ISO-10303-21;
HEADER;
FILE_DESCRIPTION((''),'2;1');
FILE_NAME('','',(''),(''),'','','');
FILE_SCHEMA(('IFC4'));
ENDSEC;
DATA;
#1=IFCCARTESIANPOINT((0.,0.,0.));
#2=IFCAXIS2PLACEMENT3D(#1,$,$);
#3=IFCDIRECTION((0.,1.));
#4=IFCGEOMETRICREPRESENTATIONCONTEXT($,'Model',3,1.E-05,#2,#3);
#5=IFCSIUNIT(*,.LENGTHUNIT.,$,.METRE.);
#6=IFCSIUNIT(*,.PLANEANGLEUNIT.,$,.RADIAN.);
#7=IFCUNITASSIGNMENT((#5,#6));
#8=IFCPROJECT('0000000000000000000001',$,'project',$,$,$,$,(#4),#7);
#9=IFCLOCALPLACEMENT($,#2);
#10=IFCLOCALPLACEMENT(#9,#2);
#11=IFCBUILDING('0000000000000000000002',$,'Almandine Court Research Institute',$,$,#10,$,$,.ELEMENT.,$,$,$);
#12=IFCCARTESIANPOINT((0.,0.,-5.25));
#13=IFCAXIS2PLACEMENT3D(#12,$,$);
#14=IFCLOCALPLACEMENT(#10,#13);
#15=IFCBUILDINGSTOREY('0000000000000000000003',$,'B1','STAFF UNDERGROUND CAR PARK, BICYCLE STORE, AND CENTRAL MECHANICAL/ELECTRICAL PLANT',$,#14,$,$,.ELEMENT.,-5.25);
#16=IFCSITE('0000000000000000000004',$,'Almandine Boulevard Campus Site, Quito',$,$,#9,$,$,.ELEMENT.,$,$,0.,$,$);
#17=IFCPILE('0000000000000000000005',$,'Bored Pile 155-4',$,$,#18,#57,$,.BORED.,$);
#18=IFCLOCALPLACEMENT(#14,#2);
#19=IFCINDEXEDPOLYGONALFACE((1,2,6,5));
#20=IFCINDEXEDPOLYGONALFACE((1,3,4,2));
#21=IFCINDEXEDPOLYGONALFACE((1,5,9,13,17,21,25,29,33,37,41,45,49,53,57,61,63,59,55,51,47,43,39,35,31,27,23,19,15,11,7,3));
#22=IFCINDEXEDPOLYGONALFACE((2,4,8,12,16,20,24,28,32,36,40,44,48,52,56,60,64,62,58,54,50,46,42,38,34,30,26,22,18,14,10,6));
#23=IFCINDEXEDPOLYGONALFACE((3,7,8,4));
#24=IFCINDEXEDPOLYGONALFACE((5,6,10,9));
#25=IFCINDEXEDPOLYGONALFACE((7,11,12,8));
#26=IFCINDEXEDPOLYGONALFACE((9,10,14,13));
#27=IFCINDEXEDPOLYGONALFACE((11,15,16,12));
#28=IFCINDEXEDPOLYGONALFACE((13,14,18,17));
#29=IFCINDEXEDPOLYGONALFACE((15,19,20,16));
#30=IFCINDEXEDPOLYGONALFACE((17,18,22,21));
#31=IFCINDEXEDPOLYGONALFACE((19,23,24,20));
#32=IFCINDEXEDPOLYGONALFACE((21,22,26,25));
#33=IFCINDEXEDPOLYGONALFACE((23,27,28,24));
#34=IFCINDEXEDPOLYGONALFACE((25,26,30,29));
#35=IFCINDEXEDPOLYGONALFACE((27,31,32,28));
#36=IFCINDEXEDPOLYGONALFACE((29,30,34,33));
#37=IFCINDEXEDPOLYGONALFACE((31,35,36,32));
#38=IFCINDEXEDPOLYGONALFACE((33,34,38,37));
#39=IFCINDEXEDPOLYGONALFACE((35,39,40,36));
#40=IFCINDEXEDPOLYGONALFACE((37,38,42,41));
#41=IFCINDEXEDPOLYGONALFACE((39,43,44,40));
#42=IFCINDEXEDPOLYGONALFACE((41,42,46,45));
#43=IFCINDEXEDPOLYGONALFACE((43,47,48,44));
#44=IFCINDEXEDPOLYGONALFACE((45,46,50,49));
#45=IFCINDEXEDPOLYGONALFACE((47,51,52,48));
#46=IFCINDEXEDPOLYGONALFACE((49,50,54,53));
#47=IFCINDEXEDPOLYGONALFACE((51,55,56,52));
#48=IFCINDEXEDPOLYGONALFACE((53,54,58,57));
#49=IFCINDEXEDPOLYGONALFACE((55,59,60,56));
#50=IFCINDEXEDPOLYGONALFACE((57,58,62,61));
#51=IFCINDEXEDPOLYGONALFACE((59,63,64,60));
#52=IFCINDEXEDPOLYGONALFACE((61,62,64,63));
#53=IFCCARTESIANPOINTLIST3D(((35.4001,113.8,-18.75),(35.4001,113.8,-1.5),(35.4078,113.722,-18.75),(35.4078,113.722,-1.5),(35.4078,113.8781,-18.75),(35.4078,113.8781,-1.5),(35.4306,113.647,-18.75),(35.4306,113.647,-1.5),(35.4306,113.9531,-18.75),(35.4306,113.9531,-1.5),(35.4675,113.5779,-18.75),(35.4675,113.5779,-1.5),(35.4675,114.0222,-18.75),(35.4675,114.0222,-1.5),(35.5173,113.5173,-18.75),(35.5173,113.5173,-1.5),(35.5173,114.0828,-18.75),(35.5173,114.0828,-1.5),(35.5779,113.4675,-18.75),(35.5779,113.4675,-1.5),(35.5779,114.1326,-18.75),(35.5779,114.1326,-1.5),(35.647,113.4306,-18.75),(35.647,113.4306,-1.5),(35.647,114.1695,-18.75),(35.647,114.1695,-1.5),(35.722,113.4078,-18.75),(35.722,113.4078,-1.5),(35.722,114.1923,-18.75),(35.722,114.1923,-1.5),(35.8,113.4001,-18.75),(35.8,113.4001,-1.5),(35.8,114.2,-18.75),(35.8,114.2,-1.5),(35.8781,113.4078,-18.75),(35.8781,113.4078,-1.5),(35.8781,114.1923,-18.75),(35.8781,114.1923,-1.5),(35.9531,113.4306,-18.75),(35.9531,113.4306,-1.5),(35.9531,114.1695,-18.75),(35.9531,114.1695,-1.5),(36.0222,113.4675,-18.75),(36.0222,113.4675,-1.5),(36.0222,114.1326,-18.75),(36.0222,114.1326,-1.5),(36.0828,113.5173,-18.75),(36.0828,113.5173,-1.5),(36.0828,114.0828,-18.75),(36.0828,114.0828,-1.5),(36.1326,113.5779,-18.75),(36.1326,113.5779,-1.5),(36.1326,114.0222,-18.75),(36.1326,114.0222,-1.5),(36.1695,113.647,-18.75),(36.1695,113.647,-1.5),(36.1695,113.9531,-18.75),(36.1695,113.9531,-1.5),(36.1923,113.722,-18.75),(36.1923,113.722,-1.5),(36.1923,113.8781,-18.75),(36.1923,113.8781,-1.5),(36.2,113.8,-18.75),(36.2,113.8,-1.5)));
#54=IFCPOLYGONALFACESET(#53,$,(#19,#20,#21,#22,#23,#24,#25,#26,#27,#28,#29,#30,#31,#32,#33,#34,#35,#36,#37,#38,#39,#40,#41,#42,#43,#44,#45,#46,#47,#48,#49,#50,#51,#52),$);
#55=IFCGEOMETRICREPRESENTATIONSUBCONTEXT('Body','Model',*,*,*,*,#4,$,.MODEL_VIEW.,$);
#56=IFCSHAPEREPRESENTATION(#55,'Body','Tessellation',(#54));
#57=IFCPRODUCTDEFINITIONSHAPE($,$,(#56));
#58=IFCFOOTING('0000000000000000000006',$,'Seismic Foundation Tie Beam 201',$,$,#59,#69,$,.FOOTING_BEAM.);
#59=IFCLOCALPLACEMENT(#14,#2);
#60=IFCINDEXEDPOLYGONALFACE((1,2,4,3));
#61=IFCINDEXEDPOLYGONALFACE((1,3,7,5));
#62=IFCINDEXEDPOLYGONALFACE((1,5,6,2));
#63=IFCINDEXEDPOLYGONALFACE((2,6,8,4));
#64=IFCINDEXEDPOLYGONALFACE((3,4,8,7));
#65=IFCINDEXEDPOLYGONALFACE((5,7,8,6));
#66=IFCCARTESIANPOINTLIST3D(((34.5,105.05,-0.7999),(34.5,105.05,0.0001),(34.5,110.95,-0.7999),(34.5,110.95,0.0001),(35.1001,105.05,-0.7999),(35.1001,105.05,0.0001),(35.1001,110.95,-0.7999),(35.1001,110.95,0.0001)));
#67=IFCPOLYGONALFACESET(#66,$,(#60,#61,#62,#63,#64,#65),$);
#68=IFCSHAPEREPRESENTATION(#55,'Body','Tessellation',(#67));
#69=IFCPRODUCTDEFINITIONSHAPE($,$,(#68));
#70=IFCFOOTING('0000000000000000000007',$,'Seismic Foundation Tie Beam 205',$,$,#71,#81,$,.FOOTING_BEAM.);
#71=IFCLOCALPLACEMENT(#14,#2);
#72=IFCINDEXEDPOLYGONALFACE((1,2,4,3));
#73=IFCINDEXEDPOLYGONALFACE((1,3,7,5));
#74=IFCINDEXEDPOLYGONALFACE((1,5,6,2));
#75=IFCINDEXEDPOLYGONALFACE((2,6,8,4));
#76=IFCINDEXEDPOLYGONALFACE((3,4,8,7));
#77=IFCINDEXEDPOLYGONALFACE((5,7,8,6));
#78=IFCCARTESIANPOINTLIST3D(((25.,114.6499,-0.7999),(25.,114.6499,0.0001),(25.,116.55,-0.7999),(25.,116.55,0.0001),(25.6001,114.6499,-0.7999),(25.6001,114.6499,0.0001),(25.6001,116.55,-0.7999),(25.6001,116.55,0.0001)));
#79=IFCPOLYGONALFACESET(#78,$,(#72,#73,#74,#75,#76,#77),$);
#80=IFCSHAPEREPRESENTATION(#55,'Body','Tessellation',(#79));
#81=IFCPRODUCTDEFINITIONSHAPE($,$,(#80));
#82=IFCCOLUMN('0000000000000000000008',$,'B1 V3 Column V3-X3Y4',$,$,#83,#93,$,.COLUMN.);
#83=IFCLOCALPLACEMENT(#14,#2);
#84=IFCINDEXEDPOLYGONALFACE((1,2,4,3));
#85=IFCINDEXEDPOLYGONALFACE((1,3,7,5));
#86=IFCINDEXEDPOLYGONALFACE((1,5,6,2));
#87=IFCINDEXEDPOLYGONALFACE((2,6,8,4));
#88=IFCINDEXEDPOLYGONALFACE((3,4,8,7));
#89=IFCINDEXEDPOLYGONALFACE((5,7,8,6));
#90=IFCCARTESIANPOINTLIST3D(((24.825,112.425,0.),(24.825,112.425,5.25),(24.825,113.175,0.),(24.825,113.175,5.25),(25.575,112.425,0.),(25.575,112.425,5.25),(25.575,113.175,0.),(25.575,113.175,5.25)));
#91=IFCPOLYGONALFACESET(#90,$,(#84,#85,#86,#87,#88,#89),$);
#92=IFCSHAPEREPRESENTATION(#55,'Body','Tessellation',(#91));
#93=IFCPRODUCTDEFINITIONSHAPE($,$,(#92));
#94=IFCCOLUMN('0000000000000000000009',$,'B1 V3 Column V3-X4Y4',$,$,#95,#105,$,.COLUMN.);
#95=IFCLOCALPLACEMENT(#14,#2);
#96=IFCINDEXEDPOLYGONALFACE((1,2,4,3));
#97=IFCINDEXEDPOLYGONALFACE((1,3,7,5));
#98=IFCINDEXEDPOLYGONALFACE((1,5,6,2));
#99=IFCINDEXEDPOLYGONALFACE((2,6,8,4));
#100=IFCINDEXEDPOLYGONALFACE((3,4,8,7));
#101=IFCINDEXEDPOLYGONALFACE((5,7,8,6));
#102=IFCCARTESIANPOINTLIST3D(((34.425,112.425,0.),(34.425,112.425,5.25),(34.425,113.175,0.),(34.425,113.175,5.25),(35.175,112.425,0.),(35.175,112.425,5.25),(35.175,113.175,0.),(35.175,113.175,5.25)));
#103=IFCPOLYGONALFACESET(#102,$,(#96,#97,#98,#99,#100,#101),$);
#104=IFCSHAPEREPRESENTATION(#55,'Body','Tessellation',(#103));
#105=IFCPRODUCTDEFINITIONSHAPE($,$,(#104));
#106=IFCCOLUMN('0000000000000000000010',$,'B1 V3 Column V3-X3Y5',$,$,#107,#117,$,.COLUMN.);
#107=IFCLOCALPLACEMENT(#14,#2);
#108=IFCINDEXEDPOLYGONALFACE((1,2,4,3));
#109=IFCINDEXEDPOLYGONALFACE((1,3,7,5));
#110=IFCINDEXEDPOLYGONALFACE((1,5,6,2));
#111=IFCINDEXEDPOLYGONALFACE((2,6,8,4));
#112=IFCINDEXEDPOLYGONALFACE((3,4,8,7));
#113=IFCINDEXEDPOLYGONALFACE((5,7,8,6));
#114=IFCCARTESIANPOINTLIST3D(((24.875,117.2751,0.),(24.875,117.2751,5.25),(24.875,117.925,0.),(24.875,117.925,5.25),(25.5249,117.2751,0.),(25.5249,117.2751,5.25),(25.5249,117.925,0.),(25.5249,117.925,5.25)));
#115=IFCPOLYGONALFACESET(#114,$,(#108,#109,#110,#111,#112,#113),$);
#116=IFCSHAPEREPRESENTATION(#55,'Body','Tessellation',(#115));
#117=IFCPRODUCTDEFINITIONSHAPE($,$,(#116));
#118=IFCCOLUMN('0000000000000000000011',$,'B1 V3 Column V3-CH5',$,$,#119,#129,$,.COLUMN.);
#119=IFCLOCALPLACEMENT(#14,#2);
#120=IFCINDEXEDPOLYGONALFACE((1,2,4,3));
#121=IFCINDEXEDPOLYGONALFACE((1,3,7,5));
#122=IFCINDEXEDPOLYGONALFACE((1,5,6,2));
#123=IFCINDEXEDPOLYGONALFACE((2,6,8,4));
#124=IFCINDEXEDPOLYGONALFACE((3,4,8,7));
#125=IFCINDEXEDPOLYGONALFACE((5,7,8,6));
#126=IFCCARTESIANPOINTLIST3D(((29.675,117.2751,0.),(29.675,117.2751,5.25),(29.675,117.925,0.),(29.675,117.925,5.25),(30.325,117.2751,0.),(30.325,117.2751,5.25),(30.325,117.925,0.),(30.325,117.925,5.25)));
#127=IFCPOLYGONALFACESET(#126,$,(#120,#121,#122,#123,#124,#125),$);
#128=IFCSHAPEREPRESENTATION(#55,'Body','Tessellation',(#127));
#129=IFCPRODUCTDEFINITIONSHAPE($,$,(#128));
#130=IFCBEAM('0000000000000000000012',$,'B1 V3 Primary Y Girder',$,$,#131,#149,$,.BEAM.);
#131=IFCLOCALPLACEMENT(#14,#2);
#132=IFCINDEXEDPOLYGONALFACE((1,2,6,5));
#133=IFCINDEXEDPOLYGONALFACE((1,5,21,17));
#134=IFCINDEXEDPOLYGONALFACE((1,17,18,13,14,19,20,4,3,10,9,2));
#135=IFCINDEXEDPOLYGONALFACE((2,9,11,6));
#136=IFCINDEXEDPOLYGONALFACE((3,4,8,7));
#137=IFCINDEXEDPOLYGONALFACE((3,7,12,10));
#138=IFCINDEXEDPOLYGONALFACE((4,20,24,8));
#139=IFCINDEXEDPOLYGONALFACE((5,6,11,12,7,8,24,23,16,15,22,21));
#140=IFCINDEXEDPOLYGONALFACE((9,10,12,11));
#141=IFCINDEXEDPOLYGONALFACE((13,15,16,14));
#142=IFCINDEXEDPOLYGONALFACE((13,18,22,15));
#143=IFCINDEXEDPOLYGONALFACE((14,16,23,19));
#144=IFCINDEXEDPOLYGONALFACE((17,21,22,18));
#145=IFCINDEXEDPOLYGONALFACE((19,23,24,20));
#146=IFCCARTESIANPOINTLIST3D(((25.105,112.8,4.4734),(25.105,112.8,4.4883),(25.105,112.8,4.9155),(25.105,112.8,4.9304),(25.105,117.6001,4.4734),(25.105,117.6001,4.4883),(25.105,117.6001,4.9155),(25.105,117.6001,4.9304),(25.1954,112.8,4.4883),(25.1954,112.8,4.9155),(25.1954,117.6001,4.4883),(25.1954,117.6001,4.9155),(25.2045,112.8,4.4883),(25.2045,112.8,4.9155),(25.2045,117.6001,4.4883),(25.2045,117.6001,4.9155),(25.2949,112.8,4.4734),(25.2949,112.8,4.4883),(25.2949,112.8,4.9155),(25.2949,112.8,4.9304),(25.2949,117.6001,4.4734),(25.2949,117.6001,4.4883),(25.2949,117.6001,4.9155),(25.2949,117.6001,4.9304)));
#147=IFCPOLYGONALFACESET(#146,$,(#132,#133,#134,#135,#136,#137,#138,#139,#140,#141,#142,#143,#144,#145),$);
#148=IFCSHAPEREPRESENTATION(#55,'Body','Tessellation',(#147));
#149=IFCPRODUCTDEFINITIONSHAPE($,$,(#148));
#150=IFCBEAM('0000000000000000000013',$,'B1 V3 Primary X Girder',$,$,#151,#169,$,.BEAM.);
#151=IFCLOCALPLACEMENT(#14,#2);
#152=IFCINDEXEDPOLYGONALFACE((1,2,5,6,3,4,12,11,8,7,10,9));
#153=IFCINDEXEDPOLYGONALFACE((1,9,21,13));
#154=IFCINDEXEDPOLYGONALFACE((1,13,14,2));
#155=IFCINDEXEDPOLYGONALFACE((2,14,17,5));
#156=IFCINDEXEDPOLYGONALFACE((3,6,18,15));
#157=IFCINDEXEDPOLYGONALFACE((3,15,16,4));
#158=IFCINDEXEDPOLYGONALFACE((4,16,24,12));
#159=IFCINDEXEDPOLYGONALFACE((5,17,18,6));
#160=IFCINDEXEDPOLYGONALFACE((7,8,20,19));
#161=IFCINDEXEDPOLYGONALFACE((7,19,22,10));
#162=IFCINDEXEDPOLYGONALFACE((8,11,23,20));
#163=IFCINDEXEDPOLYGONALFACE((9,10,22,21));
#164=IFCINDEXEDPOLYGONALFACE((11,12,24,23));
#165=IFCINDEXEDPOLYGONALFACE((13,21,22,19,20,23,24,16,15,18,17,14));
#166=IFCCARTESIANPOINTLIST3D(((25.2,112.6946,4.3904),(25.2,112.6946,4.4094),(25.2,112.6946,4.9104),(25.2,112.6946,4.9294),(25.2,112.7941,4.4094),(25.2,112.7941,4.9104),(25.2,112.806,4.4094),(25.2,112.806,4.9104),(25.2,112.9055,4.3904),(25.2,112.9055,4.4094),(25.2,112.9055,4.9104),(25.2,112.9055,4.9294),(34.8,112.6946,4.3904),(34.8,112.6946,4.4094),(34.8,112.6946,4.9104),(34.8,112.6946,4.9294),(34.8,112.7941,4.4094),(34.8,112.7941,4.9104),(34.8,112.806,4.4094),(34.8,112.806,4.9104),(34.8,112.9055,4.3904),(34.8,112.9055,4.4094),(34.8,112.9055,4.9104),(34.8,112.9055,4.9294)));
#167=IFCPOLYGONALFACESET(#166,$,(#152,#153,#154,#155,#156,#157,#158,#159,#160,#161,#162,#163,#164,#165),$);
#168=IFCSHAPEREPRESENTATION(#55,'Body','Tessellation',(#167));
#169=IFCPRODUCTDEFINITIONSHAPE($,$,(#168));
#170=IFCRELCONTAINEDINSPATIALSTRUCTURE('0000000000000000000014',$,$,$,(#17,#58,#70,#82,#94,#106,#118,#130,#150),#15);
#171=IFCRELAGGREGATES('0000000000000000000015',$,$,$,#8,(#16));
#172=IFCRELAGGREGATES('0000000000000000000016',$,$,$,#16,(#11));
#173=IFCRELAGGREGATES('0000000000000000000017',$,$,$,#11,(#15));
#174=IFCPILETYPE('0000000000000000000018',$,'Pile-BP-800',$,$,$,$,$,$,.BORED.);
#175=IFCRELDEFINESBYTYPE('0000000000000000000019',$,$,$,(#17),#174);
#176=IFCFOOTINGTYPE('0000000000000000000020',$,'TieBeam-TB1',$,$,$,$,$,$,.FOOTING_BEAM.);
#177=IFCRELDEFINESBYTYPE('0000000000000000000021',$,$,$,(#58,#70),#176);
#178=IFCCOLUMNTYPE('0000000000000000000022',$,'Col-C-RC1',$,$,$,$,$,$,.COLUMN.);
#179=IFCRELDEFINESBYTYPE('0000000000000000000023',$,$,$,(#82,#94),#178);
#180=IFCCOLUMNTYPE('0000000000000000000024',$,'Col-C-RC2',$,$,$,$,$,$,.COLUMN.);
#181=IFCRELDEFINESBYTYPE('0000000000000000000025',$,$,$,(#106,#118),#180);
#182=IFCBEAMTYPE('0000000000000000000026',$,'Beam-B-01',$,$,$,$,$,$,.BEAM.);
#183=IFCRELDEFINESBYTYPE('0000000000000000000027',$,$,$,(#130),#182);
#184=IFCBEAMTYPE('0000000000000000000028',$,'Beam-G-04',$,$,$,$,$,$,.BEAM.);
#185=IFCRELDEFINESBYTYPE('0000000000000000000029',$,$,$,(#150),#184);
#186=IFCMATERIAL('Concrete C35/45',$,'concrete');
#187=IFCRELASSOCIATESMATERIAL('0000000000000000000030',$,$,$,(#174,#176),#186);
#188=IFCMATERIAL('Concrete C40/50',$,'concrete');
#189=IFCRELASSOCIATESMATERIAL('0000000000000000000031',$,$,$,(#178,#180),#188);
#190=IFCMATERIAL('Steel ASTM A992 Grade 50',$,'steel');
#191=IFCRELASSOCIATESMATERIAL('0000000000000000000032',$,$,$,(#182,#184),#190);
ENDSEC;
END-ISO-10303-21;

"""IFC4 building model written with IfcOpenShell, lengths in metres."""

from ifc_helpers import new_model, si_unit, direction, frame, origin, origin_2d, place, context, subcontext, project, spatial, rectangle, circle, i_section, extrude, material, material_profile, profile_set, type_object, element, save


model = new_model("IFC4")

# Units and contexts
model_context = context("Model", 3, precision=1e-05, world=origin(), true_north=direction((0.0, 1.0)))
body_context = subcontext(model_context, "Body", "Model", "MODEL_VIEW")
ifc_project = project(units=[si_unit("LENGTHUNIT", "METRE"), si_unit("PLANEANGLEUNIT", "RADIAN")], contexts=[model_context])

# Site, building, storey
site_placement = place(None, origin())
site = spatial("IfcSite", under=ifc_project, at=site_placement, Name="Almandine Boulevard Campus Site, Quito", CompositionType="ELEMENT", RefElevation=0.0)
building_placement = place(site_placement, origin())
building = spatial("IfcBuilding", under=site, at=building_placement, Name="Almandine Court Research Institute", CompositionType="ELEMENT")
storey_placement = place(building_placement, frame((0.0, 0.0, -5.25)))
storey = spatial("IfcBuildingStorey", under=building, at=storey_placement, Name="B1", Description="STAFF UNDERGROUND CAR PARK, BICYCLE STORE, AND CENTRAL MECHANICAL/ELECTRICAL PLANT", CompositionType="ELEMENT", Elevation=-5.25)

# Shared definitions
ifc_material_1 = material(Name="Concrete C35/45", Category="concrete")

# Pile
ifc_material_profile_1 = material_profile(ifc_material_1, circle(Radius=0.3999, at=origin_2d()), Name="BORED PILE D800")
ifc_profile_set_1 = profile_set([ifc_material_profile_1], Name="Concrete C35/45")
pile_type_1 = type_object("IfcPileType", Name="Pile-BP-800", PredefinedType="BORED", material=ifc_profile_set_1)
for number, where, z_axis, x_axis, name in (
    (1, (35.8, 113.8, -1.5), (0.0, 0.0, -1.0), (1.0, 0.0, 0.0), "Bored Pile 155-4"),
):
    element("IfcPile", number, at=place(storey_placement, frame(where, z_axis=z_axis, x_axis=x_axis)), inside=storey, type_object=pile_type_1, Name=name, PredefinedType="BORED", context=body_context, shape_type="SweptSolid", body=[
        extrude(circle(Radius=0.3999, at=origin_2d()), origin(), (0.0, 0.0, 1.0), 17.25),
    ])

# Footings
ifc_material_profile_2 = material_profile(ifc_material_1, rectangle(XDim=0.6001, YDim=0.8, at=origin_2d()), Name="RC TIE 600x800")
ifc_profile_set_2 = profile_set([ifc_material_profile_2], Name="Concrete C35/45")
footing_type_1 = type_object("IfcFootingType", Name="TieBeam-TB1", PredefinedType="FOOTING_BEAM", material=ifc_profile_set_2)
footing_1_placement = place(storey_placement, frame((34.8, 105.05, -0.3999), z_axis=(0.0, 1.0, 0.0), x_axis=(-1.0, 0.0, 0.0)))
element("IfcFooting", 2, at=footing_1_placement, inside=storey, type_object=footing_type_1, Name="Seismic Foundation Tie Beam 201", PredefinedType="FOOTING_BEAM", context=body_context, shape_type="SweptSolid", body=[
    extrude(rectangle(XDim=0.6001, YDim=0.8, at=origin_2d()), origin(), (0.0, 0.0, 1.0), 5.8999),
])
footing_2_placement = place(storey_placement, frame((25.3, 114.6499, -0.3999), z_axis=(0.0, 1.0, 0.0), x_axis=(-1.0, 0.0, 0.0)))
element("IfcFooting", 3, at=footing_2_placement, inside=storey, type_object=footing_type_1, Name="Seismic Foundation Tie Beam 205", PredefinedType="FOOTING_BEAM", context=body_context, shape_type="SweptSolid", body=[
    extrude(rectangle(XDim=0.6001, YDim=0.8, at=origin_2d()), origin(), (0.0, 0.0, 1.0), 1.9001),
])

# Columns
ifc_material_2 = material(Name="Concrete C40/50", Category="concrete")
ifc_material_profile_3 = material_profile(ifc_material_2, rectangle(XDim=0.75, YDim=0.75, at=origin_2d()), Name="RC 750x750")
ifc_profile_set_3 = profile_set([ifc_material_profile_3], Name="Concrete C40/50")
column_type_1 = type_object("IfcColumnType", Name="Col-C-RC1", PredefinedType="COLUMN", material=ifc_profile_set_3)
for number, where, z_axis, x_axis, name in (
    (4, (25.2, 112.8, 0.0), (0.0, 0.0, 1.0), (1.0, 0.0, 0.0), "B1 V3 Column V3-X3Y4"),
    (5, (34.8, 112.8, 0.0), (0.0, 0.0, 1.0), (1.0, 0.0, 0.0), "B1 V3 Column V3-X4Y4"),
):
    element("IfcColumn", number, at=place(storey_placement, frame(where, z_axis=z_axis, x_axis=x_axis)), inside=storey, type_object=column_type_1, Name=name, PredefinedType="COLUMN", context=body_context, shape_type="SweptSolid", body=[
        extrude(rectangle(XDim=0.75, YDim=0.75, at=origin_2d()), origin(), (0.0, 0.0, 1.0), 5.25),
    ])
ifc_material_profile_4 = material_profile(ifc_material_2, rectangle(XDim=0.6499, YDim=0.6499, at=origin_2d()), Name="RC 650x650")
ifc_profile_set_4 = profile_set([ifc_material_profile_4], Name="Concrete C40/50")
column_type_2 = type_object("IfcColumnType", Name="Col-C-RC2", PredefinedType="COLUMN", material=ifc_profile_set_4)
for number, where, z_axis, x_axis, name in (
    (6, (25.2, 117.6001, 0.0), (0.0, 0.0, 1.0), (1.0, 0.0, 0.0), "B1 V3 Column V3-X3Y5"),
    (7, (30.0, 117.6001, 0.0), (0.0, 0.0, 1.0), (1.0, 0.0, 0.0), "B1 V3 Column V3-CH5"),
):
    element("IfcColumn", number, at=place(storey_placement, frame(where, z_axis=z_axis, x_axis=x_axis)), inside=storey, type_object=column_type_2, Name=name, PredefinedType="COLUMN", context=body_context, shape_type="SweptSolid", body=[
        extrude(rectangle(XDim=0.6499, YDim=0.6499, at=origin_2d()), origin(), (0.0, 0.0, 1.0), 5.25),
    ])

# Beams
ifc_material_3 = material(Name="Steel ASTM A992 Grade 50", Category="steel")
ifc_material_profile_5 = material_profile(ifc_material_3, i_section(OverallWidth=0.1899, OverallDepth=0.457, WebThickness=0.009, FlangeThickness=0.0149, at=origin_2d()), Name="W460x74")
ifc_profile_set_5 = profile_set([ifc_material_profile_5], Name="Steel ASTM A992 Grade 50")
beam_type_1 = type_object("IfcBeamType", Name="Beam-B-01", PredefinedType="BEAM", material=ifc_profile_set_5)
beam_1_placement = place(storey_placement, frame((25.2, 112.8, 4.7019), z_axis=(0.0, 1.0, 0.0), x_axis=(-1.0, 0.0, 0.0)))
element("IfcBeam", 8, at=beam_1_placement, inside=storey, type_object=beam_type_1, Name="B1 V3 Primary Y Girder", PredefinedType="BEAM", context=body_context, shape_type="SweptSolid", body=[
    extrude(i_section(OverallWidth=0.1899, OverallDepth=0.457, WebThickness=0.009, FlangeThickness=0.0149, at=origin_2d()), origin(), (0.0, 0.0, 1.0), 4.8),
])
ifc_material_profile_6 = material_profile(ifc_material_3, i_section(OverallWidth=0.2109, OverallDepth=0.5391, WebThickness=0.012, FlangeThickness=0.019, at=origin_2d()), Name="W530x109")
ifc_profile_set_6 = profile_set([ifc_material_profile_6], Name="Steel ASTM A992 Grade 50")
beam_type_2 = type_object("IfcBeamType", Name="Beam-G-04", PredefinedType="BEAM", material=ifc_profile_set_6)
beam_2_placement = place(storey_placement, frame((25.2, 112.8, 4.6599), z_axis=(1.0, 0.0, 0.0), x_axis=(0.0, 1.0, 0.0)))
element("IfcBeam", 9, at=beam_2_placement, inside=storey, type_object=beam_type_2, Name="B1 V3 Primary X Girder", PredefinedType="BEAM", context=body_context, shape_type="SweptSolid", body=[
    extrude(i_section(OverallWidth=0.2109, OverallDepth=0.5391, WebThickness=0.012, FlangeThickness=0.019, at=origin_2d()), origin(), (0.0, 0.0, 1.0), 9.6001),
])

save(model, "model.ifc")
